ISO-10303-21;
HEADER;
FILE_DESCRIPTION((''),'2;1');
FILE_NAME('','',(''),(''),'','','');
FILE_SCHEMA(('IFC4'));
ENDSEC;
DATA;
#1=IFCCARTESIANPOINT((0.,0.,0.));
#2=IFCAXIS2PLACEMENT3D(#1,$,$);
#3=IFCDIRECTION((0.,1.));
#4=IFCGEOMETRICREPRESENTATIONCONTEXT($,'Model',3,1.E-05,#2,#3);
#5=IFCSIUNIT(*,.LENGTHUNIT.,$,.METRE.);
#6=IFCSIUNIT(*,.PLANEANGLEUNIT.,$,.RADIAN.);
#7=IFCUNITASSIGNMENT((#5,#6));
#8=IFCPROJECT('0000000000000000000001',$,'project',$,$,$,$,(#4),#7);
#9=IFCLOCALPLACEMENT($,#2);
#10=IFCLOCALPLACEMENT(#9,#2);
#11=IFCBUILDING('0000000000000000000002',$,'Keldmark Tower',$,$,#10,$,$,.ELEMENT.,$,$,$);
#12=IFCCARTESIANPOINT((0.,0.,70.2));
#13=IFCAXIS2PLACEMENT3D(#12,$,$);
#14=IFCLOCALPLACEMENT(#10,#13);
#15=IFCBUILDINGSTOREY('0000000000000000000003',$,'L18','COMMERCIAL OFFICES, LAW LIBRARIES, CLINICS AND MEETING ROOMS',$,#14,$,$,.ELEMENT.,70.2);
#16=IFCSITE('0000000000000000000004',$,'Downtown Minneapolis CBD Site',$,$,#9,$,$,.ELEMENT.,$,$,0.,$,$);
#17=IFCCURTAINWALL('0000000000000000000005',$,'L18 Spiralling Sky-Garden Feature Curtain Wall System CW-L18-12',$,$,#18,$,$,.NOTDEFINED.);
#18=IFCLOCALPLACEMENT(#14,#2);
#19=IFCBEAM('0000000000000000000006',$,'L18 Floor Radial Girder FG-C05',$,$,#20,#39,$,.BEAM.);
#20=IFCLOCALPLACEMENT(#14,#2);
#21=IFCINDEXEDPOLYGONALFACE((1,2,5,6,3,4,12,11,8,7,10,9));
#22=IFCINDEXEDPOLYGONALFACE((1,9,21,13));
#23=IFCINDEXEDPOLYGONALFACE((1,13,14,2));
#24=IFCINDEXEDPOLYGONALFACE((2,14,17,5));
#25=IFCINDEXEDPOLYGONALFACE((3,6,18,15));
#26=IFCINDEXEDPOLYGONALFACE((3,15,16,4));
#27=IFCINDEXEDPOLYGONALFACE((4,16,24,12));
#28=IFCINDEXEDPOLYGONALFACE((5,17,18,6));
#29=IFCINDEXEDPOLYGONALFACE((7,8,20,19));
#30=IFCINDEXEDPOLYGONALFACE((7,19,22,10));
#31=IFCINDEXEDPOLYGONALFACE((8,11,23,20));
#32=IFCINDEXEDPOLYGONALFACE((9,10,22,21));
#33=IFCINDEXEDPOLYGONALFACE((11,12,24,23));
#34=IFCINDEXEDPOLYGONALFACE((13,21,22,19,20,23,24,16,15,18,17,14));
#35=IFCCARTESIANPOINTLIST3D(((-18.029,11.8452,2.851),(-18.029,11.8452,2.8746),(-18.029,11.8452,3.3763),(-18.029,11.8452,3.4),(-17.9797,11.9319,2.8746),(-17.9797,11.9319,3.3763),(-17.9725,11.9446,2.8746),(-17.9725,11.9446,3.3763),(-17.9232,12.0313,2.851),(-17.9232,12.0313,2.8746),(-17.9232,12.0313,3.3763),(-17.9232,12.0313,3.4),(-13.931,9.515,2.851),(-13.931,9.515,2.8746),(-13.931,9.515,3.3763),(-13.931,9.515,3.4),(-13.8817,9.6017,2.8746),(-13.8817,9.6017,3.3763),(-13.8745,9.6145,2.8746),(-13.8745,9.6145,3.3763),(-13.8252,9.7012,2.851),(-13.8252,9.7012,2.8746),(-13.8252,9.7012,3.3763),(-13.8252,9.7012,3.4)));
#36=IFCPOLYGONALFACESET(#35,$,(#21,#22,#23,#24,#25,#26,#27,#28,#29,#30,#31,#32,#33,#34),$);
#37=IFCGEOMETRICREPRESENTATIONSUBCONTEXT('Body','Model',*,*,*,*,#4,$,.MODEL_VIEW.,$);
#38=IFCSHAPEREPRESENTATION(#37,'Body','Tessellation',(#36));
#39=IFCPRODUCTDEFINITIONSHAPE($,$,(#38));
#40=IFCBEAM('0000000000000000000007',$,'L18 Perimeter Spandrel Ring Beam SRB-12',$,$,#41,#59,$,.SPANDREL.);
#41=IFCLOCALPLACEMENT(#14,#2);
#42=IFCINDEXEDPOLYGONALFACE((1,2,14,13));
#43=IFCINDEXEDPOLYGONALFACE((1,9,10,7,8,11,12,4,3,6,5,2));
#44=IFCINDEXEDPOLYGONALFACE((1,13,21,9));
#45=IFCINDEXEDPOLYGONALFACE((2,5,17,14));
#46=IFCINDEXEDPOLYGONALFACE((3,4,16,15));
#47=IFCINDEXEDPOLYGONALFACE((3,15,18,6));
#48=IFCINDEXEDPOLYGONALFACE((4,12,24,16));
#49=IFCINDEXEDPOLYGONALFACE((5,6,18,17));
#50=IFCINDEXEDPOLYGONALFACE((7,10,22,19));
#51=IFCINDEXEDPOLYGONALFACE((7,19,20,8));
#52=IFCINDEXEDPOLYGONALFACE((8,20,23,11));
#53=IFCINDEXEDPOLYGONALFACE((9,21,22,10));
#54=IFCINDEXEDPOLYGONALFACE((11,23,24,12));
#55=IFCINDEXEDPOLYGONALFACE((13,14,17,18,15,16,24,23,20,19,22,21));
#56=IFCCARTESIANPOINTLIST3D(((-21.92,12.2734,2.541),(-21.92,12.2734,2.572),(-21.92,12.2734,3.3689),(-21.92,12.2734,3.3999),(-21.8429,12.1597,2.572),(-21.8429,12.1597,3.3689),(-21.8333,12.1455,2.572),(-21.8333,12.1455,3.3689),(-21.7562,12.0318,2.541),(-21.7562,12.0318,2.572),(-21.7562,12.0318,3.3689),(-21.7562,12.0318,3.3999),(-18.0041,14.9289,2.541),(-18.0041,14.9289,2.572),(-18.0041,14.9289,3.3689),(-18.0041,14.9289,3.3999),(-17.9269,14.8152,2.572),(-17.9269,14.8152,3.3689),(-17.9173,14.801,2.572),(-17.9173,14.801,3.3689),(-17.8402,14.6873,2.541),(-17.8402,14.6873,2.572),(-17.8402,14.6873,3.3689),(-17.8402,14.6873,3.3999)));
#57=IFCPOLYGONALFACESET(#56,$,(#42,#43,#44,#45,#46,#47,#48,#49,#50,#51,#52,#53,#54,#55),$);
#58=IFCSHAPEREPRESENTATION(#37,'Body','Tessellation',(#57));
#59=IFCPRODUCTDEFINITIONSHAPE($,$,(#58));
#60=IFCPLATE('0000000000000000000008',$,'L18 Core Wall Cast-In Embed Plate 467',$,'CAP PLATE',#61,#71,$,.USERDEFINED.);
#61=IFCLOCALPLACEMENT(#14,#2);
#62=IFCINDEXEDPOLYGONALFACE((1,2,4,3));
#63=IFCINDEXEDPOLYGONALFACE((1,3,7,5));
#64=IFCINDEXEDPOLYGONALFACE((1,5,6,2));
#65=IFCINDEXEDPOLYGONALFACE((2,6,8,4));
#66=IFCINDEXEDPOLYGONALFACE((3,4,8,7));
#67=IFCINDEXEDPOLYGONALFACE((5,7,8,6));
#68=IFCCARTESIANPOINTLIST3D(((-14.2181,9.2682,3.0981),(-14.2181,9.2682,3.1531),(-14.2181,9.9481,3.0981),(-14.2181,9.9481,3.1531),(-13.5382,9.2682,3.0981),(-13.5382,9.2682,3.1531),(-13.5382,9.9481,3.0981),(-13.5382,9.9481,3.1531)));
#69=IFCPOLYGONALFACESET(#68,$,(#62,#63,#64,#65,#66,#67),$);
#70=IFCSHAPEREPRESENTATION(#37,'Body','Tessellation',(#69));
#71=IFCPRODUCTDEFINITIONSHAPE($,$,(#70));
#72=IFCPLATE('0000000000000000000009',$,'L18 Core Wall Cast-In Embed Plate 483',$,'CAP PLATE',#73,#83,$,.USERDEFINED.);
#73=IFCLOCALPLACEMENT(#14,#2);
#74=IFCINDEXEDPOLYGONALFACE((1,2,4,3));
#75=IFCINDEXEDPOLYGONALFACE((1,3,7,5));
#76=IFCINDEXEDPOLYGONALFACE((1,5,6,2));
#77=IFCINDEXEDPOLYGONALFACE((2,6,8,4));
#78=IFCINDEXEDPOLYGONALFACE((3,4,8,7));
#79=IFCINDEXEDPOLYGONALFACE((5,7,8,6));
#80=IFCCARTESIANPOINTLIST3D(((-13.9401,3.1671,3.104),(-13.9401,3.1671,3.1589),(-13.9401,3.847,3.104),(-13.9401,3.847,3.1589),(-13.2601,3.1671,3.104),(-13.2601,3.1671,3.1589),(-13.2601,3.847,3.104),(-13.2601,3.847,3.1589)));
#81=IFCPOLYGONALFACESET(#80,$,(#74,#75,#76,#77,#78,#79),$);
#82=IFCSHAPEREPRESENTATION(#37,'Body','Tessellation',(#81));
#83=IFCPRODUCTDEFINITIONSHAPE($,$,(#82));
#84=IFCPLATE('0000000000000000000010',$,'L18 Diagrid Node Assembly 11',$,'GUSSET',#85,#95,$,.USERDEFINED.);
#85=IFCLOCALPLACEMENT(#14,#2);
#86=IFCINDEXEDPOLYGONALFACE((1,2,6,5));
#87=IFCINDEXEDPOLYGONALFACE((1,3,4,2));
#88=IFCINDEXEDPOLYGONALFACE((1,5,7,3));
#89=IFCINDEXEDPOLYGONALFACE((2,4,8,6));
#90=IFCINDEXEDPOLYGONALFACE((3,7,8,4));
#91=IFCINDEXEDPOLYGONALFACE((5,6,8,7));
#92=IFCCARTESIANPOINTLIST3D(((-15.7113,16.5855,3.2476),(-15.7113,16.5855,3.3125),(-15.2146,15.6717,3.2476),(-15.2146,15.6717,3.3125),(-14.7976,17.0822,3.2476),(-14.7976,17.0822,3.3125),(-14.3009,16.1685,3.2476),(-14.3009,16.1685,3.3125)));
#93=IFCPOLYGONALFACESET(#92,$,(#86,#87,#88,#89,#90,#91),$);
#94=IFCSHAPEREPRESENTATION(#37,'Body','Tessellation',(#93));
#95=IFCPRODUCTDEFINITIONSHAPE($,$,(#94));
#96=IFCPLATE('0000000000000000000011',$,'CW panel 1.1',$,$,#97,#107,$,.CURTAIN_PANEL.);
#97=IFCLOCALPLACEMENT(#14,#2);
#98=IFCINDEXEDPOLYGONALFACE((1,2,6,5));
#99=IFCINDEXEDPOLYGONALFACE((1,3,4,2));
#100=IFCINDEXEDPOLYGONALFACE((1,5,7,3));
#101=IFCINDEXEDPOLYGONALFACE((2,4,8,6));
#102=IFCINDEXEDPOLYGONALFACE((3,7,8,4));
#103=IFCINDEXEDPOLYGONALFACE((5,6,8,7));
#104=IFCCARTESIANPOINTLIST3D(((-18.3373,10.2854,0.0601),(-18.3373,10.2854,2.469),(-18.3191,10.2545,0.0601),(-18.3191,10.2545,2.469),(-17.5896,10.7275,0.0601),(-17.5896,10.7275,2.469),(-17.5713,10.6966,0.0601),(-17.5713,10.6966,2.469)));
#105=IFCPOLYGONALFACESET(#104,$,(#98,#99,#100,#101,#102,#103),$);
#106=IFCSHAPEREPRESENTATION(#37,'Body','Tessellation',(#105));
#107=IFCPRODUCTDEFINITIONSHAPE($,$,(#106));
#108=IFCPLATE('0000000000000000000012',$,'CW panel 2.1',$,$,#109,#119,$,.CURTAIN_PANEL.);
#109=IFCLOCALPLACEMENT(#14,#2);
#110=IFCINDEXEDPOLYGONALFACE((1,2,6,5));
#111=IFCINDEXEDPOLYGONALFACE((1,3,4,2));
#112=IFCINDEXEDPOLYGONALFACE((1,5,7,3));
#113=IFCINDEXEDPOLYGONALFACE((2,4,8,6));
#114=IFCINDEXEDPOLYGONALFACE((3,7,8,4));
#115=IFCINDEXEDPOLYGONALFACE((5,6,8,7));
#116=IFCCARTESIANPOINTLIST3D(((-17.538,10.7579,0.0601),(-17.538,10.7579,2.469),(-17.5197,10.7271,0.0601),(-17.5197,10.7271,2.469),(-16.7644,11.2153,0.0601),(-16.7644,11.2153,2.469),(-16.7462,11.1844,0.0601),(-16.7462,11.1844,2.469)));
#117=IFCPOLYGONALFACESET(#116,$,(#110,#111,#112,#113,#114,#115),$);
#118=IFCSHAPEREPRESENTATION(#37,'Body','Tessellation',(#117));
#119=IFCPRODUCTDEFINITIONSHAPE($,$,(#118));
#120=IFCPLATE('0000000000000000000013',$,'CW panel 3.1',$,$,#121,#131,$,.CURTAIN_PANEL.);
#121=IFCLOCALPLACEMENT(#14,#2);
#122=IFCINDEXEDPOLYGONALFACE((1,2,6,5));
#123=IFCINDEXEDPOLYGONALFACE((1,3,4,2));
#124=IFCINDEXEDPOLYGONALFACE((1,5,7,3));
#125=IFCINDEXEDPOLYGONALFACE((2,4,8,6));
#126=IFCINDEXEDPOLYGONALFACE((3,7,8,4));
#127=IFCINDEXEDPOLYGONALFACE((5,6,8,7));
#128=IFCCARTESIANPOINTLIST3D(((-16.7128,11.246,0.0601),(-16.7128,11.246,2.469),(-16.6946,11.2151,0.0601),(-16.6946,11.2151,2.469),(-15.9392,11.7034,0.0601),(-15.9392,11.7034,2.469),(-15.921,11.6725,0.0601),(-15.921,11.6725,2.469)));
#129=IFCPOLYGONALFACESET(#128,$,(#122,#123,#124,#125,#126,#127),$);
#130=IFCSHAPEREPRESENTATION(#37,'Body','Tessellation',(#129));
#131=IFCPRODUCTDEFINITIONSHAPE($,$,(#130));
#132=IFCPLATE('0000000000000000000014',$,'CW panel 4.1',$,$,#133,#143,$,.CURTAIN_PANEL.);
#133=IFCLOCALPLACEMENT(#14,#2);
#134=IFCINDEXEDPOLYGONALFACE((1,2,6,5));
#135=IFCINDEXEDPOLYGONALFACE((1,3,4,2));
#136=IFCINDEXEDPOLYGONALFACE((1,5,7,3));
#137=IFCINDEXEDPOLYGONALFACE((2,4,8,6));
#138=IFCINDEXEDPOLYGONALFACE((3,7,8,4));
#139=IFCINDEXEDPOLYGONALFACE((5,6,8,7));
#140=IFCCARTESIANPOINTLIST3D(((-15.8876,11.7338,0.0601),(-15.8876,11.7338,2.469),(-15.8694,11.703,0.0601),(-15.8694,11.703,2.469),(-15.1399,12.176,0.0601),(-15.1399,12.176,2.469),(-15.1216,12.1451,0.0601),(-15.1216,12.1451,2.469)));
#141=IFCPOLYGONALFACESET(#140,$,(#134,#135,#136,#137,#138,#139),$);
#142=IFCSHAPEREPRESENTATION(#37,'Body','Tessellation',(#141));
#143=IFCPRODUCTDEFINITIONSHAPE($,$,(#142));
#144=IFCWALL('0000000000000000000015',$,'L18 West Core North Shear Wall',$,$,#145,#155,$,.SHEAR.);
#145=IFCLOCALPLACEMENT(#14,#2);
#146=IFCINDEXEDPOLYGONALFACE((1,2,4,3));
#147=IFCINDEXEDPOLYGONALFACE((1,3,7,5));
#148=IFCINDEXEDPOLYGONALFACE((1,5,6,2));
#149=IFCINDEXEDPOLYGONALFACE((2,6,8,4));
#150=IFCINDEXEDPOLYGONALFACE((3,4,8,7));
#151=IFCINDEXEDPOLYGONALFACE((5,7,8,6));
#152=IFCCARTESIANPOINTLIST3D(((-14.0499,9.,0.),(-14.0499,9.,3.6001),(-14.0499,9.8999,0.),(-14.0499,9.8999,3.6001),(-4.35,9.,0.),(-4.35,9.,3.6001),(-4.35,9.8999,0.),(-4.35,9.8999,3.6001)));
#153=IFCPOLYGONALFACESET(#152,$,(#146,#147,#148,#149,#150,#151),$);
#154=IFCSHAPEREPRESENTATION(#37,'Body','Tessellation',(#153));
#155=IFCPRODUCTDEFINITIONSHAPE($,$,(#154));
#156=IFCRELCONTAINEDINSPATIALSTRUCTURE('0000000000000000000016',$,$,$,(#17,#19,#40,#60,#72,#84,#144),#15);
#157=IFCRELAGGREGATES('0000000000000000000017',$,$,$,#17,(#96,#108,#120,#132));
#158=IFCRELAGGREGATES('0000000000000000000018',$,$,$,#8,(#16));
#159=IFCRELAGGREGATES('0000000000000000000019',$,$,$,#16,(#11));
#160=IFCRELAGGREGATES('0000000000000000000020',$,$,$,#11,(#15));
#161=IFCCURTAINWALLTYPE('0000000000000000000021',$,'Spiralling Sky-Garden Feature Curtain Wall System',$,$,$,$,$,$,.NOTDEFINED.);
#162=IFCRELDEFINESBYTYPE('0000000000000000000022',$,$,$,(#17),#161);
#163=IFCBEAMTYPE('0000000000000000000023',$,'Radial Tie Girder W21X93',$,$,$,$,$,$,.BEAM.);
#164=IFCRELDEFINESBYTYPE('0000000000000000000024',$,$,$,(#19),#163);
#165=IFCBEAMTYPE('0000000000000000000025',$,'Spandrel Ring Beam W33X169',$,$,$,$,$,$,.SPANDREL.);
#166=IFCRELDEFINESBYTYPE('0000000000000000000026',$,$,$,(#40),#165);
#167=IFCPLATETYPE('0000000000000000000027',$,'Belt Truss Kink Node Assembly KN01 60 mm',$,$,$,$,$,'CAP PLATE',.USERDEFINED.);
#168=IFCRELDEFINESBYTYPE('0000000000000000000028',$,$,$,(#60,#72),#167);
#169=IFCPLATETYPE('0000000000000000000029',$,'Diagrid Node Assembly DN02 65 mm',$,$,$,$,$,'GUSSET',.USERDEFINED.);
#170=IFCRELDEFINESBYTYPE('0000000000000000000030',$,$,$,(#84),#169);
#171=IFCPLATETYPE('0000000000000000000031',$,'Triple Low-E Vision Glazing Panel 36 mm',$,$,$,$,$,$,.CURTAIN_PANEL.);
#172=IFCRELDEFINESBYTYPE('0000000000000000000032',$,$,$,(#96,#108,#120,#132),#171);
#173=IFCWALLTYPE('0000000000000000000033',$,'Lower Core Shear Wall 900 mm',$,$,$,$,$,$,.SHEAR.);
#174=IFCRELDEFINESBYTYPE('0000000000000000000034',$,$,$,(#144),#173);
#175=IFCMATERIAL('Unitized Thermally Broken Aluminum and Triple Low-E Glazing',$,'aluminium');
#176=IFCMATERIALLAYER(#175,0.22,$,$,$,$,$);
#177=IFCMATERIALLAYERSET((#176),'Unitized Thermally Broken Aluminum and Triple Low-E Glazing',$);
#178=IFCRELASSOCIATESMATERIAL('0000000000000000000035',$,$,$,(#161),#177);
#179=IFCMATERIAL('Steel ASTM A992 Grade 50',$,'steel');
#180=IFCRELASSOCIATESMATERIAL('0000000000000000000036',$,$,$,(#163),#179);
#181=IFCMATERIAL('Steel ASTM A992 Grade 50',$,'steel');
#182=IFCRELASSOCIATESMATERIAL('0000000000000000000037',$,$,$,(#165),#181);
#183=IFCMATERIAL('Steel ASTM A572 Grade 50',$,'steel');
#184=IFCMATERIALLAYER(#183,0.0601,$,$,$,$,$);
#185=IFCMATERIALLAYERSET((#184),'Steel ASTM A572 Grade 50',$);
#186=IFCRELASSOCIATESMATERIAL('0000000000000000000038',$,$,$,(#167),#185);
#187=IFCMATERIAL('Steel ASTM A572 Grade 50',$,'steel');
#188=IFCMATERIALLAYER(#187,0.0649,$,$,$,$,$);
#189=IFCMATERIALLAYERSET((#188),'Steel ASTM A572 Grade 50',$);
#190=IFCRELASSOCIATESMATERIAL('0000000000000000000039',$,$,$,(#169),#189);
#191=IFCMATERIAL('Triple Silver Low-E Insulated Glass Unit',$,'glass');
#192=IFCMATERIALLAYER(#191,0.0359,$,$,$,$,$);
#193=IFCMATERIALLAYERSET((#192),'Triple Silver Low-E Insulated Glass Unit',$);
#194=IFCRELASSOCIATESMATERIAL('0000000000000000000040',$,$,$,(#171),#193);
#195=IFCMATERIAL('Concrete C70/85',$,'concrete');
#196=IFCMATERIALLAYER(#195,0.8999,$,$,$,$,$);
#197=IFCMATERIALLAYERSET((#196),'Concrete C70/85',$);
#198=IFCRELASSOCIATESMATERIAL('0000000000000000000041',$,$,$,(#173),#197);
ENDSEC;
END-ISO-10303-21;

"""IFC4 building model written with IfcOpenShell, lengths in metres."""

from ifc_helpers import new_model, si_unit, direction, frame, frame_2d, origin, origin_2d, place, context, subcontext, project, spatial, rectangle, i_section, extrude, material, layer, layer_set, material_profile, profile_set, type_object, element, aggregate, save


model = new_model("IFC4")

# Units and contexts
model_context = context("Model", 3, precision=1e-05, world=origin(), true_north=direction((0.0, 1.0)))
body_context = subcontext(model_context, "Body", "Model", "MODEL_VIEW")
ifc_project = project(units=[si_unit("LENGTHUNIT", "METRE"), si_unit("PLANEANGLEUNIT", "RADIAN")], contexts=[model_context])

# Site, building, storey
site_placement = place(None, origin())
site = spatial("IfcSite", under=ifc_project, at=site_placement, Name="Downtown Minneapolis CBD Site", CompositionType="ELEMENT", RefElevation=0.0)
building_placement = place(site_placement, origin())
building = spatial("IfcBuilding", under=site, at=building_placement, Name="Keldmark Tower", CompositionType="ELEMENT")
storey_placement = place(building_placement, frame((0.0, 0.0, 70.2)))
storey = spatial("IfcBuildingStorey", under=building, at=storey_placement, Name="L18", Description="COMMERCIAL OFFICES, LAW LIBRARIES, CLINICS AND MEETING ROOMS", CompositionType="ELEMENT", Elevation=70.2)

# Curtain wall
ifc_material_1 = material(Name="Unitized Thermally Broken Aluminum and Triple Low-E Glazing", Category="aluminium")
ifc_layer_1 = layer(ifc_material_1, 0.22)
ifc_layer_set_1 = layer_set([ifc_layer_1], Name="Unitized Thermally Broken Aluminum and Triple Low-E Glazing")
curtain_wall_type = type_object("IfcCurtainWallType", Name="Spiralling Sky-Garden Feature Curtain Wall System", PredefinedType="NOTDEFINED", material=ifc_layer_set_1)
curtain_wall_placement = place(storey_placement, origin())
curtain_wall = element("IfcCurtainWall", 1, at=curtain_wall_placement, inside=storey, type_object=curtain_wall_type, Name="L18 Spiralling Sky-Garden Feature Curtain Wall System CW-L18-12", PredefinedType="NOTDEFINED")

# Beams
ifc_material_2 = material(Name="Steel ASTM A992 Grade 50", Category="steel")
ifc_material_profile_1 = material_profile(ifc_material_2, i_section(OverallWidth=0.2141, OverallDepth=0.5491, WebThickness=0.0146, FlangeThickness=0.0237, at=origin_2d()), Name="W21X93")
ifc_profile_set_1 = profile_set([ifc_material_profile_1], Name="Steel ASTM A992 Grade 50")
beam_type_1 = type_object("IfcBeamType", Name="Radial Tie Girder W21X93", PredefinedType="BEAM", material=ifc_profile_set_1)
beam_1_placement = place(storey_placement, frame((-17.9761, 11.9382, 3.1255), z_axis=(0.869299, -0.494286, 0.0), x_axis=(0.494286, 0.869299, 0.0)))
element("IfcBeam", 2, at=beam_1_placement, inside=storey, type_object=beam_type_1, Name="L18 Floor Radial Girder FG-C05", PredefinedType="BEAM", context=body_context, shape_type="SweptSolid", body=[
    extrude(i_section(OverallWidth=0.2141, OverallDepth=0.5491, WebThickness=0.0146, FlangeThickness=0.0237, at=origin_2d()), origin(), (0.0, 0.0, 1.0), 4.7141),
])
ifc_material_3 = material(Name="Steel ASTM A992 Grade 50", Category="steel")
ifc_material_profile_2 = material_profile(ifc_material_3, i_section(OverallWidth=0.292, OverallDepth=0.8589, WebThickness=0.0171, FlangeThickness=0.031, at=origin_2d()), Name="W33X169")
ifc_profile_set_2 = profile_set([ifc_material_profile_2], Name="Steel ASTM A992 Grade 50")
beam_type_2 = type_object("IfcBeamType", Name="Spandrel Ring Beam W33X169", PredefinedType="SPANDREL", material=ifc_profile_set_2)
beam_2_placement = place(storey_placement, frame((-17.9221, 14.8081, 2.9705), z_axis=(-0.82765, -0.561244, 0.0), x_axis=(0.561244, -0.82765, 0.0)))
element("IfcBeam", 3, at=beam_2_placement, inside=storey, type_object=beam_type_2, Name="L18 Perimeter Spandrel Ring Beam SRB-12", PredefinedType="SPANDREL", context=body_context, shape_type="SweptSolid", body=[
    extrude(i_section(OverallWidth=0.292, OverallDepth=0.8589, WebThickness=0.0171, FlangeThickness=0.031, at=origin_2d()), origin(), (0.0, 0.0, 1.0), 4.7314),
])

# Plates
ifc_material_4 = material(Name="Steel ASTM A572 Grade 50", Category="steel")
ifc_layer_2 = layer(ifc_material_4, 0.0601)
ifc_layer_set_2 = layer_set([ifc_layer_2], Name="Steel ASTM A572 Grade 50")
plate_type_1 = type_object("IfcPlateType", Name="Belt Truss Kink Node Assembly KN01 60 mm", ElementType="CAP PLATE", PredefinedType="USERDEFINED", material=ifc_layer_set_2)
for number, where, z_axis, x_axis, name in (
    (4, (-13.8782, 9.6082, 3.0981), (0.0, 0.0, 1.0), (1.0, 0.0, 0.0), "L18 Core Wall Cast-In Embed Plate 467"),
    (5, (-13.6001, 3.5071, 3.104), (0.0, 0.0, 1.0), (1.0, 0.0, 0.0), "L18 Core Wall Cast-In Embed Plate 483"),
):
    element("IfcPlate", number, at=place(storey_placement, frame(where, z_axis=z_axis, x_axis=x_axis)), inside=storey, type_object=plate_type_1, Name=name, ObjectType="CAP PLATE", PredefinedType="USERDEFINED", context=body_context, shape_type="SweptSolid", body=[
        extrude(rectangle(XDim=0.6799, YDim=0.6799, at=origin_2d()), origin(), (0.0, 0.0, 1.0), 0.0549),
    ])
ifc_material_5 = material(Name="Steel ASTM A572 Grade 50", Category="steel")
ifc_layer_3 = layer(ifc_material_5, 0.0649)
ifc_layer_set_3 = layer_set([ifc_layer_3], Name="Steel ASTM A572 Grade 50")
plate_type_2 = type_object("IfcPlateType", Name="Diagrid Node Assembly DN02 65 mm", ElementType="GUSSET", PredefinedType="USERDEFINED", material=ifc_layer_set_3)
plate_1_placement = place(storey_placement, frame((-15.0061, 16.377, 3.2476), z_axis=(0.0, 0.0, 1.0), x_axis=(-0.878567, -0.477619, 0.0)))
element("IfcPlate", 6, at=plate_1_placement, inside=storey, type_object=plate_type_2, Name="L18 Diagrid Node Assembly 11", ObjectType="GUSSET", PredefinedType="USERDEFINED", context=body_context, shape_type="SweptSolid", body=[
    extrude(rectangle(XDim=1.04, YDim=1.04, at=origin_2d()), origin(), (0.0, 0.0, 1.0), 0.0649),
])

# Plates
ifc_material_6 = material(Name="Triple Silver Low-E Insulated Glass Unit", Category="glass")
ifc_layer_4 = layer(ifc_material_6, 0.0359)
ifc_layer_set_4 = layer_set([ifc_layer_4], Name="Triple Silver Low-E Insulated Glass Unit")
plate_type_3 = type_object("IfcPlateType", Name="Triple Low-E Vision Glazing Panel 36 mm", PredefinedType="CURTAIN_PANEL", material=ifc_layer_set_4)
plate_2_placement = place(storey_placement, frame((-17.9543, 10.491, 0.0601), z_axis=(0.0, 0.0, 1.0), x_axis=(0.860793, 0.508955, 0.0)))
plate_2 = element("IfcPlate", 7, at=plate_2_placement, type_object=plate_type_3, Name="CW panel 1.1", PredefinedType="CURTAIN_PANEL", context=body_context, shape_type="SweptSolid", body=[
    extrude(rectangle(XDim=0.8687, YDim=0.0359, at=origin_2d()), origin(), (0.0, 0.0, 1.0), 2.4089),
])
plate_3_placement = place(storey_placement, frame((-17.1421, 10.9712, 0.0601), z_axis=(0.0, 0.0, 1.0), x_axis=(0.860793, 0.508955, 0.0)))
plate_3 = element("IfcPlate", 8, at=plate_3_placement, type_object=plate_type_3, Name="CW panel 2.1", PredefinedType="CURTAIN_PANEL", context=body_context, shape_type="SweptSolid", body=[
    extrude(rectangle(XDim=0.8987, YDim=0.0359, at=origin_2d()), origin(), (0.0, 0.0, 1.0), 2.4089),
])
plate_4_placement = place(storey_placement, frame((-16.3169, 11.4592, 0.0601), z_axis=(0.0, 0.0, 1.0), x_axis=(0.860793, 0.508955, 0.0)))
plate_4 = element("IfcPlate", 9, at=plate_4_placement, type_object=plate_type_3, Name="CW panel 3.1", PredefinedType="CURTAIN_PANEL", context=body_context, shape_type="SweptSolid", body=[
    extrude(rectangle(XDim=0.8987, YDim=0.0359, at=origin_2d()), origin(), (0.0, 0.0, 1.0), 2.4089),
])
plate_5_placement = place(storey_placement, frame((-15.5046, 11.9395, 0.0601), z_axis=(0.0, 0.0, 1.0), x_axis=(0.860793, 0.508955, 0.0)))
plate_5 = element("IfcPlate", 10, at=plate_5_placement, type_object=plate_type_3, Name="CW panel 4.1", PredefinedType="CURTAIN_PANEL", context=body_context, shape_type="SweptSolid", body=[
    extrude(rectangle(XDim=0.8687, YDim=0.0359, at=origin_2d()), origin(), (0.0, 0.0, 1.0), 2.4089),
])
aggregate(curtain_wall, [plate_2, plate_3, plate_4, plate_5])

# Wall
ifc_material_7 = material(Name="Concrete C70/85", Category="concrete")
ifc_layer_5 = layer(ifc_material_7, 0.8999)
ifc_layer_set_5 = layer_set([ifc_layer_5], Name="Concrete C70/85")
wall_type_1 = type_object("IfcWallType", Name="Lower Core Shear Wall 900 mm", PredefinedType="SHEAR", material=ifc_layer_set_5)
wall_1_placement = place(storey_placement, frame((-14.05, 9.45, 0.0), z_axis=(0.0, 0.0, 1.0), x_axis=(1.0, 0.0, 0.0)))
element("IfcWall", 11, at=wall_1_placement, inside=storey, type_object=wall_type_1, Name="L18 West Core North Shear Wall", PredefinedType="SHEAR", context=body_context, shape_type="SweptSolid", body=[
    extrude(rectangle(XDim=9.7, YDim=0.8999, at=frame_2d((4.8501, 0.0))), origin(), (0.0, 0.0, 1.0), 3.6001),
])

save(model, "model.ifc")
